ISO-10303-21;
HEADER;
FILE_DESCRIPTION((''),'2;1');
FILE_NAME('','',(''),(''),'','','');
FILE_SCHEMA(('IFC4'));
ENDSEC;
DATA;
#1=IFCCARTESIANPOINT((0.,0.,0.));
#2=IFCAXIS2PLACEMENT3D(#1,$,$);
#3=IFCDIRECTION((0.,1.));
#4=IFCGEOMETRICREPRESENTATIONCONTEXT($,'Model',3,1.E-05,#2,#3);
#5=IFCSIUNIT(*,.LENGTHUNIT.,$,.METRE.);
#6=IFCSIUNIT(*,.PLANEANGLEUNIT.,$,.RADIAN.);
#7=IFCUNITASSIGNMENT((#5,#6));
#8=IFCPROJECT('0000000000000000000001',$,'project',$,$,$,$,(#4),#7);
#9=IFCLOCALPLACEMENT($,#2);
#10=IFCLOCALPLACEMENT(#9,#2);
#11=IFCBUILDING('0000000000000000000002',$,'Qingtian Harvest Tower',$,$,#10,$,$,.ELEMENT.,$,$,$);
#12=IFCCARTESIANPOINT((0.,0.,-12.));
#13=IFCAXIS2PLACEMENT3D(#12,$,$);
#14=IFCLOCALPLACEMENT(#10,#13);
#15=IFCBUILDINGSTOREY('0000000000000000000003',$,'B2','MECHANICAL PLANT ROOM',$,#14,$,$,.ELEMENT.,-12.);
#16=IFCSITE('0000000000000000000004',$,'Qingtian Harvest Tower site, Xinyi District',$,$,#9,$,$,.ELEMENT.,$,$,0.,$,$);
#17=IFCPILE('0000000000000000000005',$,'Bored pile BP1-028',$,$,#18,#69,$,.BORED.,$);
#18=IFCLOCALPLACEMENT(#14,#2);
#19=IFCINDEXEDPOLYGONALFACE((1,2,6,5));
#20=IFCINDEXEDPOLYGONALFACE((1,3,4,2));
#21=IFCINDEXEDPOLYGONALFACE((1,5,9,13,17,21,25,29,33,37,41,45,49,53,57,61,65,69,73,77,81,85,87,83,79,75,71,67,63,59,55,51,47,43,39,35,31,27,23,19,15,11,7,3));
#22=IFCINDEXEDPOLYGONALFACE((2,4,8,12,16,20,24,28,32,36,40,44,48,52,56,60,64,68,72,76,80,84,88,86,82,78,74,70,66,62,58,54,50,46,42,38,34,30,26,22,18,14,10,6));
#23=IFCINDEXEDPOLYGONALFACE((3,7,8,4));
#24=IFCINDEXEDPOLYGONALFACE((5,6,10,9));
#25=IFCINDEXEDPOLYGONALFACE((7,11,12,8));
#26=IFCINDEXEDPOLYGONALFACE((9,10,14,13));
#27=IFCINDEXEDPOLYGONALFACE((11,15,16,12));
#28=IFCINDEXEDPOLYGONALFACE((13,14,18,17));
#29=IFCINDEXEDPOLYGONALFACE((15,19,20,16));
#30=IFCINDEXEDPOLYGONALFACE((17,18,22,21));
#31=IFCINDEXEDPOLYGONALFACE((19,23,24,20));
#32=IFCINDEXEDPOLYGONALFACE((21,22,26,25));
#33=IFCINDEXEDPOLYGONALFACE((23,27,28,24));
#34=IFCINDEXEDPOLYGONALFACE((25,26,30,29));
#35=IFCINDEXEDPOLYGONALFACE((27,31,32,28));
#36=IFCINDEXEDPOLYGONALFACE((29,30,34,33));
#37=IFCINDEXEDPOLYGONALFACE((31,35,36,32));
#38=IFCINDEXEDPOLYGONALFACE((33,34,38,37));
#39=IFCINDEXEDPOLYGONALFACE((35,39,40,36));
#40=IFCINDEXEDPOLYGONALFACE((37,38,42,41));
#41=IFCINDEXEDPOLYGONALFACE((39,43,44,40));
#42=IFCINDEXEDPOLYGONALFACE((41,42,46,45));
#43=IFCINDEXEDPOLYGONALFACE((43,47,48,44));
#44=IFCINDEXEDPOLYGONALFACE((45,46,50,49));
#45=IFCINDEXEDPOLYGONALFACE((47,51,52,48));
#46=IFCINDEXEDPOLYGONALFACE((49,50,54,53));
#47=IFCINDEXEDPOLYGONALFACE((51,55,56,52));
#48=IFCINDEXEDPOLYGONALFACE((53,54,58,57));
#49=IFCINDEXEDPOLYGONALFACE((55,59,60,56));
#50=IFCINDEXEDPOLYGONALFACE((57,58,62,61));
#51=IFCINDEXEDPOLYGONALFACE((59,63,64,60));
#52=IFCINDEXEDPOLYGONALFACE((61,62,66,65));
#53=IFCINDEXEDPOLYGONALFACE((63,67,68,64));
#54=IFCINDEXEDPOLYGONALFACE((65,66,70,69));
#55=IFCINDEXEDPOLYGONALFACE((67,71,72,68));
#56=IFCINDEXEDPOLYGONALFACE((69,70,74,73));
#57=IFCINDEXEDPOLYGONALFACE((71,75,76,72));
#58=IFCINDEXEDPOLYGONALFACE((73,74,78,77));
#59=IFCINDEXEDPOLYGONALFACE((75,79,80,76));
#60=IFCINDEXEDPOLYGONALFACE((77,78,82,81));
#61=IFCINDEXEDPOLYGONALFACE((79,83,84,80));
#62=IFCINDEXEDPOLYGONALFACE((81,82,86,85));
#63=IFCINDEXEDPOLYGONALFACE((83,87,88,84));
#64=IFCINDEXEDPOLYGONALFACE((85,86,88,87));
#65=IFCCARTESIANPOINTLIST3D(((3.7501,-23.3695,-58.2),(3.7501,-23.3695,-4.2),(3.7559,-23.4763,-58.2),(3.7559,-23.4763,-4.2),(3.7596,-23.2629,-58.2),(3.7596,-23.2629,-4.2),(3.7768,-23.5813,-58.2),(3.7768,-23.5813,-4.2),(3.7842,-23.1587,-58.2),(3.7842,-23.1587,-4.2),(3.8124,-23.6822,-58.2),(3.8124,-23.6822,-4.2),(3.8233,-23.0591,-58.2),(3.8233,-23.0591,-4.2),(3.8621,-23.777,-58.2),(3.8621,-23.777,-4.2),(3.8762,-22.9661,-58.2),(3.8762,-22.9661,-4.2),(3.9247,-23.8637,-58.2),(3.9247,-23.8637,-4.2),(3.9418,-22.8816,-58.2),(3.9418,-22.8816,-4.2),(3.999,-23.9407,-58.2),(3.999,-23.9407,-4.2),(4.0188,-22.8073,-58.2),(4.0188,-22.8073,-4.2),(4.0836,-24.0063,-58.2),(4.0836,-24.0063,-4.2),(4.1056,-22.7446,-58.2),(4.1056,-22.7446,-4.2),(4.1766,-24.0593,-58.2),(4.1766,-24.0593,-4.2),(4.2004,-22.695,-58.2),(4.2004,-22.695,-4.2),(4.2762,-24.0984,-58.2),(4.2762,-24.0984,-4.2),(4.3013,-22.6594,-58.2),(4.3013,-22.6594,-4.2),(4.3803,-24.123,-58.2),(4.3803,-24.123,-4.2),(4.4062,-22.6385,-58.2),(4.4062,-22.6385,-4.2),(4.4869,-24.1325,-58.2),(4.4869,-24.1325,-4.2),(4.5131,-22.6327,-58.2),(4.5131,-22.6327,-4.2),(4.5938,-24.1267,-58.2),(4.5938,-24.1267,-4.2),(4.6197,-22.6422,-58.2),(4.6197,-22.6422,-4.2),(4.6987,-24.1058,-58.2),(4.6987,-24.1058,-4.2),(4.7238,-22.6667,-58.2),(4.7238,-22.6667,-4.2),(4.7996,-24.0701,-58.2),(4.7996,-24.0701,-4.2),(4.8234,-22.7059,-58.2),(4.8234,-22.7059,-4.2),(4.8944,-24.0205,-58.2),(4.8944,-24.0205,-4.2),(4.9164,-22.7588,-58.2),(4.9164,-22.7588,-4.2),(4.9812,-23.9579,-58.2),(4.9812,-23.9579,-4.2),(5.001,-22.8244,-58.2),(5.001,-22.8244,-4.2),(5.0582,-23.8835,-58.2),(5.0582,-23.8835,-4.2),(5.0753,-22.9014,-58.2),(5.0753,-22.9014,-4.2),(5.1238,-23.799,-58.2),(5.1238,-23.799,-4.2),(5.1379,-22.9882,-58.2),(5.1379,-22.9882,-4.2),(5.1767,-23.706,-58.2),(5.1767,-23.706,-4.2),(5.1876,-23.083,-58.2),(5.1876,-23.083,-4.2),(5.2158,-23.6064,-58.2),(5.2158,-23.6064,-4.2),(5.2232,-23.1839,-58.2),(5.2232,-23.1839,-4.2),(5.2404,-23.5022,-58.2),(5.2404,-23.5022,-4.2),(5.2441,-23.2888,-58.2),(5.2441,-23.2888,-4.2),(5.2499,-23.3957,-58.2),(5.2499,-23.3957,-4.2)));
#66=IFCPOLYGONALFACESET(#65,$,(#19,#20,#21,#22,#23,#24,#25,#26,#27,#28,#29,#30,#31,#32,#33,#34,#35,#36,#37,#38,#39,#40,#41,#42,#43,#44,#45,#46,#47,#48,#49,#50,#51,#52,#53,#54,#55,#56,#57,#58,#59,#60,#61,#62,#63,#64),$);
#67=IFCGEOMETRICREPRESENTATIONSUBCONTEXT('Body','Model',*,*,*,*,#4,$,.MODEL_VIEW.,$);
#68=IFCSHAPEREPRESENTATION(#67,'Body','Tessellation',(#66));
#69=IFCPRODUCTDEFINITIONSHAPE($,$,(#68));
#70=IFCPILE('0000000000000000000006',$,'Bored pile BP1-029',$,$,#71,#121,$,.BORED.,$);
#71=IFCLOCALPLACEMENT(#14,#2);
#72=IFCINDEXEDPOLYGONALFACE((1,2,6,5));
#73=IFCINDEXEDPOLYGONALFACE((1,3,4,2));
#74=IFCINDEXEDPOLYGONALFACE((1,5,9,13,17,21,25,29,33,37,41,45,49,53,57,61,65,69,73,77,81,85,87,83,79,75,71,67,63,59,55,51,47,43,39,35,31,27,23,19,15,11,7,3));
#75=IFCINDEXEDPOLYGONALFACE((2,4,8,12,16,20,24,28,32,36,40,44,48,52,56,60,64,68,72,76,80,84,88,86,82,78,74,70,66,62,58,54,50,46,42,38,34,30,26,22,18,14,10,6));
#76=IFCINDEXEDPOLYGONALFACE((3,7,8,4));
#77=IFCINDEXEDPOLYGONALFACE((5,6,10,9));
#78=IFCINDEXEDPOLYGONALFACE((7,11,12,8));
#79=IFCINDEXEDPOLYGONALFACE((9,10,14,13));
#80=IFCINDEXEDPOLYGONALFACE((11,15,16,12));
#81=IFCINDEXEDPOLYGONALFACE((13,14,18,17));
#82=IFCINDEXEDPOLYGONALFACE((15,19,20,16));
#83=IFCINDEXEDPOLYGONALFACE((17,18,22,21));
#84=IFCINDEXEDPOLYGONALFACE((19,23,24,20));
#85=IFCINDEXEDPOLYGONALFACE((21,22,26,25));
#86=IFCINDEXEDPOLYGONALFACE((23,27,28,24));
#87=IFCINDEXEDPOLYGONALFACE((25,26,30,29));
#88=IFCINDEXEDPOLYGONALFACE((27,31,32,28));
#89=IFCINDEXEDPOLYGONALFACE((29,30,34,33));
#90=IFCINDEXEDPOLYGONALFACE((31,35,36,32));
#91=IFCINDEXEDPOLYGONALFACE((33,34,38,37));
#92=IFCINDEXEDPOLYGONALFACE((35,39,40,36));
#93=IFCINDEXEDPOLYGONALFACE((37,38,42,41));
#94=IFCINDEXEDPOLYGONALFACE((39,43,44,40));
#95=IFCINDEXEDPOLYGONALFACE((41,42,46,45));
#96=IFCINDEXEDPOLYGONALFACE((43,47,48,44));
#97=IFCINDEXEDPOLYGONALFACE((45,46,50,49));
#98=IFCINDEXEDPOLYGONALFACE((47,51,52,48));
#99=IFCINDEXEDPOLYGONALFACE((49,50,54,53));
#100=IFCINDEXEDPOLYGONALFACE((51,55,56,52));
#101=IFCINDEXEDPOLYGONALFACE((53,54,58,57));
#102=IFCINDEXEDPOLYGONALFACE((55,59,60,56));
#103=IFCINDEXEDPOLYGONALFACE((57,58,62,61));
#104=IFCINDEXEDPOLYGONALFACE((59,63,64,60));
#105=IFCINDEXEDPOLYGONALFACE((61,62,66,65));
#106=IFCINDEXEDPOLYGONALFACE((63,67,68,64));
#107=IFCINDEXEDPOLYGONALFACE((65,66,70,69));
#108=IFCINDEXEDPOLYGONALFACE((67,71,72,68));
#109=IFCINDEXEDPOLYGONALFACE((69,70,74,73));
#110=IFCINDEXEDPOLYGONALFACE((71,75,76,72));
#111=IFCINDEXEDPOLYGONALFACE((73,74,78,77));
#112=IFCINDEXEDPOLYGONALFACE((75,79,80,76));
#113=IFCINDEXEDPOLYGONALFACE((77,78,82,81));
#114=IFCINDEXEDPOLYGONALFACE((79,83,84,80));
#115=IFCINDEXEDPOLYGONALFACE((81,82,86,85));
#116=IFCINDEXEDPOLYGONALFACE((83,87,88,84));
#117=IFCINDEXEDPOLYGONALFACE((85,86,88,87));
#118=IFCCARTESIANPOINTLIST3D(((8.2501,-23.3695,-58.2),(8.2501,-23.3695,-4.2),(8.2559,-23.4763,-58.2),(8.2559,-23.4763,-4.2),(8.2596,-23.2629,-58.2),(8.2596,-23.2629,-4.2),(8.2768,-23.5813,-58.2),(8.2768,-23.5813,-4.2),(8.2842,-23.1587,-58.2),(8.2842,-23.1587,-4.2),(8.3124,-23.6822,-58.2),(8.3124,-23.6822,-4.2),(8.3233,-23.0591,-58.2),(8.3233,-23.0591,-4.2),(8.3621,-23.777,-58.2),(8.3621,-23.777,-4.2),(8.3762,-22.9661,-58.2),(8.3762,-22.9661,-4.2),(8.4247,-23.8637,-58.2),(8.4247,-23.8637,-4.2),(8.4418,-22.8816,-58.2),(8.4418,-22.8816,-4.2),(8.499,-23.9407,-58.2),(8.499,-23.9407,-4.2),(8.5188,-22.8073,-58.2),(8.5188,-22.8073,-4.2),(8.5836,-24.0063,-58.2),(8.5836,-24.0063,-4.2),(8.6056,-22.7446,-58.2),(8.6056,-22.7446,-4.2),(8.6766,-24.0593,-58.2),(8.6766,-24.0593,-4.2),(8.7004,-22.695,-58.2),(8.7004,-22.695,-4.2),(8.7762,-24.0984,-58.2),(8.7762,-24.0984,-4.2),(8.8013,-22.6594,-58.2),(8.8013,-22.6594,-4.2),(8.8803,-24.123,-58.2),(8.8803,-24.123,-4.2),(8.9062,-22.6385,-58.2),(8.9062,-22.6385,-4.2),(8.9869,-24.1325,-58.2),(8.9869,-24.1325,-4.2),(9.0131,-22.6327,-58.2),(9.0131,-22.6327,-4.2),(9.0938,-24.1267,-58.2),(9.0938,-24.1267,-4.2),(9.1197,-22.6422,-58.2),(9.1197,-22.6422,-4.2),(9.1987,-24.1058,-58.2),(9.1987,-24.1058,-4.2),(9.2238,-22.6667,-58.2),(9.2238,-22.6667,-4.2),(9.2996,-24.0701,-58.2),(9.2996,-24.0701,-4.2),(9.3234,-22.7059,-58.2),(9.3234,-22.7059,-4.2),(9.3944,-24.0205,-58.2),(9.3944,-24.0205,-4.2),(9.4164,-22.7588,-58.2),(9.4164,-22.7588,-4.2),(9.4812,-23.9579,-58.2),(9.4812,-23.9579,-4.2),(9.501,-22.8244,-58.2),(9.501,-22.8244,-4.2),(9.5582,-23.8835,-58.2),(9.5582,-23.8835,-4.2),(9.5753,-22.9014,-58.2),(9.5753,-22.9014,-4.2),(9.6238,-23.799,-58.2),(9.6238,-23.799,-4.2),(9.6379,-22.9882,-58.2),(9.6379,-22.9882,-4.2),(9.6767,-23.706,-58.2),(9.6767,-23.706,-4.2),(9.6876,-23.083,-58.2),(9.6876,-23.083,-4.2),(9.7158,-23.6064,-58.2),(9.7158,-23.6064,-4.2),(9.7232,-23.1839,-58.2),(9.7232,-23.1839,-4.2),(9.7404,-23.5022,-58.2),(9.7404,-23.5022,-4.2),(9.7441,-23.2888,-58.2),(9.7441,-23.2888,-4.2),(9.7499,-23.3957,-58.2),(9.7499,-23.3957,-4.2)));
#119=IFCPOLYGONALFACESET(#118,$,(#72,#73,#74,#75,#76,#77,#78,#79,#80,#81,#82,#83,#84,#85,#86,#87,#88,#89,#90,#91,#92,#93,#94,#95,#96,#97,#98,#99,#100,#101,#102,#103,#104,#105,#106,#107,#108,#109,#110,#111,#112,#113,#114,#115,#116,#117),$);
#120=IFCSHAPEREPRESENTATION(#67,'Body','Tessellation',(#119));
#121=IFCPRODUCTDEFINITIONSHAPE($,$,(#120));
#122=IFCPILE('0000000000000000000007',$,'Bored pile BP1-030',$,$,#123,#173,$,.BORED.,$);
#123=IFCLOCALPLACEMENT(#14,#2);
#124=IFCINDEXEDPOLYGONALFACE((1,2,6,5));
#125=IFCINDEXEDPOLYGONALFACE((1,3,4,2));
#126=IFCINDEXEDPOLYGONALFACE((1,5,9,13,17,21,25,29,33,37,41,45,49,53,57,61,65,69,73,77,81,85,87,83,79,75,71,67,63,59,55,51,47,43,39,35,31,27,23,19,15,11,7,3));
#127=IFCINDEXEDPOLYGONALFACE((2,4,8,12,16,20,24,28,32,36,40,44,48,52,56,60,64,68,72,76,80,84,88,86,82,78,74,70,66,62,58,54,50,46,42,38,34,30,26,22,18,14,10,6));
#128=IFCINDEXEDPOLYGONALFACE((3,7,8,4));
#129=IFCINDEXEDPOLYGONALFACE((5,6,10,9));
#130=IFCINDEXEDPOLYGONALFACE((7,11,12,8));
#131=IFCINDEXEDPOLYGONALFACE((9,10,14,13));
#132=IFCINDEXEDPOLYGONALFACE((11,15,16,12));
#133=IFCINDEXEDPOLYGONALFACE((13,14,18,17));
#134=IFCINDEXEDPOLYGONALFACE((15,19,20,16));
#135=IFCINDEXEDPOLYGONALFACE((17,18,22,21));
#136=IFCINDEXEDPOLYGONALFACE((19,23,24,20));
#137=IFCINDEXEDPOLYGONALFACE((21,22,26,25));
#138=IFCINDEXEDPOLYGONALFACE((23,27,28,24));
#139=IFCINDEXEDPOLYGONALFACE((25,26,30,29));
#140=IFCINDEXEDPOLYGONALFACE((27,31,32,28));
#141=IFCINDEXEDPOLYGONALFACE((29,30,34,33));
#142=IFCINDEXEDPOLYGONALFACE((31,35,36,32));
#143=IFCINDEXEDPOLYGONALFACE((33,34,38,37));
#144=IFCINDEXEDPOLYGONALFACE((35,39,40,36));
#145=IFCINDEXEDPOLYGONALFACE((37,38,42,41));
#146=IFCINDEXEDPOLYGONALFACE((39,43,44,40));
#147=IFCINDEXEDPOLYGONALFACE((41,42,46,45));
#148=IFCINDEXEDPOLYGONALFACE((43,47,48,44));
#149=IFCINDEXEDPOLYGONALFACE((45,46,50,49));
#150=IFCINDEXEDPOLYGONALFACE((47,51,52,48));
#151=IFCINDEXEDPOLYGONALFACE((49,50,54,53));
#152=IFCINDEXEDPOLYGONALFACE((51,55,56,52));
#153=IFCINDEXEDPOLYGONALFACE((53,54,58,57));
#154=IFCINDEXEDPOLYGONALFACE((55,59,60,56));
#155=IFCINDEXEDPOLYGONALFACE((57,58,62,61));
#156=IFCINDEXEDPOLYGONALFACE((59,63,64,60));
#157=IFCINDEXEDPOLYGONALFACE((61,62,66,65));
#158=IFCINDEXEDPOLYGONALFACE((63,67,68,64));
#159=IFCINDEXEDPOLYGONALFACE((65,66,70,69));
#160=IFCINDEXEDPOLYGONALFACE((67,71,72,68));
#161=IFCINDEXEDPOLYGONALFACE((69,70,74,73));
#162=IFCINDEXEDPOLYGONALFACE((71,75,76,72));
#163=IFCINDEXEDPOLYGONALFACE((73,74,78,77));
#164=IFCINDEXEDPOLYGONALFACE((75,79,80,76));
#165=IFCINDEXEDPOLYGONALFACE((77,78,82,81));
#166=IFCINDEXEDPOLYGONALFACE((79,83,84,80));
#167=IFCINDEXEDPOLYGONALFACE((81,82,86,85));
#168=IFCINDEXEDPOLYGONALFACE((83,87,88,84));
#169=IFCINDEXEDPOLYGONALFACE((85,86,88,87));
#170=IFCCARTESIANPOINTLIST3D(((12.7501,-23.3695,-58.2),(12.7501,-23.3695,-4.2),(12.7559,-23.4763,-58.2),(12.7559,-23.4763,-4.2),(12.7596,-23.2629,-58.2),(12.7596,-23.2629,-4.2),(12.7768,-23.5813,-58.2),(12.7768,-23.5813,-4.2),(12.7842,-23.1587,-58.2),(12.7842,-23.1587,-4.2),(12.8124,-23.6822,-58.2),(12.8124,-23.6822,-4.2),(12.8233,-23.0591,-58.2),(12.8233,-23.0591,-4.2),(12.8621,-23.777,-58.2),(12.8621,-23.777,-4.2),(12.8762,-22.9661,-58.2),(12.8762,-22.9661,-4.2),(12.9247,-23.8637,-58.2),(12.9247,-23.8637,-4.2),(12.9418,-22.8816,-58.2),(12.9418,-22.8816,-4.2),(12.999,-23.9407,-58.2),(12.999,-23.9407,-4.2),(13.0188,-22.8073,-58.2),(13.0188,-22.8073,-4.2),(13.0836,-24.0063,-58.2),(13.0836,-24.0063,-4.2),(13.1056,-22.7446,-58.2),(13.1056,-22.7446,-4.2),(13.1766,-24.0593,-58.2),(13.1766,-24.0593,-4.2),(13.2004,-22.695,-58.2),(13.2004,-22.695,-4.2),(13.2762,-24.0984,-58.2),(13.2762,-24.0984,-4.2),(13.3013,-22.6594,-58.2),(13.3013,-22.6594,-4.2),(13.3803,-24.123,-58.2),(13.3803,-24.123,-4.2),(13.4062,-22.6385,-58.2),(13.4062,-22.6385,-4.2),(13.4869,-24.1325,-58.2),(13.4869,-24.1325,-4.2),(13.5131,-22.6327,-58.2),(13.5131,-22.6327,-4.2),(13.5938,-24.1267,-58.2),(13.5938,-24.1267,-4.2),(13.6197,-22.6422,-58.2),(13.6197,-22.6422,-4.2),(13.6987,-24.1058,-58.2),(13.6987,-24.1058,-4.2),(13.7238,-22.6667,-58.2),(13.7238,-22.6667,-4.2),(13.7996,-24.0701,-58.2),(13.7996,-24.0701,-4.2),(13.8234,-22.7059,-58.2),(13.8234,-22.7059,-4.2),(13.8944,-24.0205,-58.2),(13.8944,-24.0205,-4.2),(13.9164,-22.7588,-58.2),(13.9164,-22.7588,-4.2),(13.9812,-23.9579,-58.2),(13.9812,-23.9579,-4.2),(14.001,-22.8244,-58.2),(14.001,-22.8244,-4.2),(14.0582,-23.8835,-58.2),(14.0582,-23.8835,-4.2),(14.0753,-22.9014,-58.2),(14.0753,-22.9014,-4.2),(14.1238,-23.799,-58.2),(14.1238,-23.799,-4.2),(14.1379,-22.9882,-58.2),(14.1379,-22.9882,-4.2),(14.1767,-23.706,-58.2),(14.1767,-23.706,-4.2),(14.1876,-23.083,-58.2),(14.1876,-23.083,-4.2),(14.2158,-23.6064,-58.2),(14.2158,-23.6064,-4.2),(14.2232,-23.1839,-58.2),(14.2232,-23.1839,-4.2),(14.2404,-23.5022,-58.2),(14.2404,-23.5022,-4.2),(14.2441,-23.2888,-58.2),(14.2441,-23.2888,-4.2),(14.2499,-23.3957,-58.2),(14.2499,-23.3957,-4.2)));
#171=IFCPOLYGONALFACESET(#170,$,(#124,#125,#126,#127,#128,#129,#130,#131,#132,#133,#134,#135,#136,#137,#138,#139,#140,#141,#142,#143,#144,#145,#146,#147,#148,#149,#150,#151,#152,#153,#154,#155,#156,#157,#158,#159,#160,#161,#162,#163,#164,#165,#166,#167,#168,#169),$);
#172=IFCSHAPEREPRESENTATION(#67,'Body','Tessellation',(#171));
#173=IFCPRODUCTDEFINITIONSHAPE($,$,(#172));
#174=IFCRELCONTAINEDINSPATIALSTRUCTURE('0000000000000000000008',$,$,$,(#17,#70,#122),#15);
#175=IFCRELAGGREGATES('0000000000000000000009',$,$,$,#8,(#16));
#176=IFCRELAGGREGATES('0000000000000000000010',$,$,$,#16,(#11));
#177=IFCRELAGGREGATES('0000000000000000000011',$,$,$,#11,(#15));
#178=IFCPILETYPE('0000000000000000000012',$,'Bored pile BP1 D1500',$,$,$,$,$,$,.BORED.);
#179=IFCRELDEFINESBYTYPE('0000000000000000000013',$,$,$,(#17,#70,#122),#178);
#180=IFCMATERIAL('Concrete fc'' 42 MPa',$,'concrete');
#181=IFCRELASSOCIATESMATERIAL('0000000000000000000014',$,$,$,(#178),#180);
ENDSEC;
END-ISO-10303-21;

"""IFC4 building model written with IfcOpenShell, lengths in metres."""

from ifc_helpers import new_model, si_unit, direction, frame, frame_2d, origin, place, context, subcontext, project, spatial, circle, extrude, material, material_profile, profile_set, type_object, element, save


model = new_model("IFC4")

# Units and contexts
model_context = context("Model", 3, precision=1e-05, world=origin(), true_north=direction((0.0, 1.0)))
body_context = subcontext(model_context, "Body", "Model", "MODEL_VIEW")
ifc_project = project(units=[si_unit("LENGTHUNIT", "METRE"), si_unit("PLANEANGLEUNIT", "RADIAN")], contexts=[model_context])

# Site, building, storey
site_placement = place(None, origin())
site = spatial("IfcSite", under=ifc_project, at=site_placement, Name="Qingtian Harvest Tower site, Xinyi District", CompositionType="ELEMENT", RefElevation=0.0)
building_placement = place(site_placement, origin())
building = spatial("IfcBuilding", under=site, at=building_placement, Name="Qingtian Harvest Tower", CompositionType="ELEMENT")
storey_placement = place(building_placement, frame((0.0, 0.0, -12.0)))
storey = spatial("IfcBuildingStorey", under=building, at=storey_placement, Name="B2", Description="MECHANICAL PLANT ROOM", CompositionType="ELEMENT", Elevation=-12.0)

# Piles
ifc_material_1 = material(Name="Concrete fc' 42 MPa", Category="concrete")
ifc_material_profile_1 = material_profile(ifc_material_1, circle(Radius=0.75, at=frame_2d((0.0, 0.0), x_axis=(0.999848, 0.017452))), Name="Bored pile BP1 D1500")
ifc_profile_set_1 = profile_set([ifc_material_profile_1], Name="Concrete fc' 42 MPa")
pile_type = type_object("IfcPileType", Name="Bored pile BP1 D1500", PredefinedType="BORED", material=ifc_profile_set_1)
for number, where, z_axis, x_axis, name in (
    (1, (4.5, -23.3826, -4.2), (0.0, 0.0, -1.0), (1.0, 0.0, 0.0), "Bored pile BP1-028"),
    (2, (9.0, -23.3826, -4.2), (0.0, 0.0, -1.0), (1.0, 0.0, 0.0), "Bored pile BP1-029"),
    (3, (13.5, -23.3826, -4.2), (0.0, 0.0, -1.0), (1.0, 0.0, 0.0), "Bored pile BP1-030"),
):
    element("IfcPile", number, at=place(storey_placement, frame(where, z_axis=z_axis, x_axis=x_axis)), inside=storey, type_object=pile_type, Name=name, PredefinedType="BORED", context=body_context, shape_type="SweptSolid", body=[
        extrude(circle(Radius=0.75, at=frame_2d((0.0, 0.0), x_axis=(0.999848, 0.017452))), origin(), (0.0, 0.0, 1.0), 54.0),
    ])

save(model, "model.ifc")
